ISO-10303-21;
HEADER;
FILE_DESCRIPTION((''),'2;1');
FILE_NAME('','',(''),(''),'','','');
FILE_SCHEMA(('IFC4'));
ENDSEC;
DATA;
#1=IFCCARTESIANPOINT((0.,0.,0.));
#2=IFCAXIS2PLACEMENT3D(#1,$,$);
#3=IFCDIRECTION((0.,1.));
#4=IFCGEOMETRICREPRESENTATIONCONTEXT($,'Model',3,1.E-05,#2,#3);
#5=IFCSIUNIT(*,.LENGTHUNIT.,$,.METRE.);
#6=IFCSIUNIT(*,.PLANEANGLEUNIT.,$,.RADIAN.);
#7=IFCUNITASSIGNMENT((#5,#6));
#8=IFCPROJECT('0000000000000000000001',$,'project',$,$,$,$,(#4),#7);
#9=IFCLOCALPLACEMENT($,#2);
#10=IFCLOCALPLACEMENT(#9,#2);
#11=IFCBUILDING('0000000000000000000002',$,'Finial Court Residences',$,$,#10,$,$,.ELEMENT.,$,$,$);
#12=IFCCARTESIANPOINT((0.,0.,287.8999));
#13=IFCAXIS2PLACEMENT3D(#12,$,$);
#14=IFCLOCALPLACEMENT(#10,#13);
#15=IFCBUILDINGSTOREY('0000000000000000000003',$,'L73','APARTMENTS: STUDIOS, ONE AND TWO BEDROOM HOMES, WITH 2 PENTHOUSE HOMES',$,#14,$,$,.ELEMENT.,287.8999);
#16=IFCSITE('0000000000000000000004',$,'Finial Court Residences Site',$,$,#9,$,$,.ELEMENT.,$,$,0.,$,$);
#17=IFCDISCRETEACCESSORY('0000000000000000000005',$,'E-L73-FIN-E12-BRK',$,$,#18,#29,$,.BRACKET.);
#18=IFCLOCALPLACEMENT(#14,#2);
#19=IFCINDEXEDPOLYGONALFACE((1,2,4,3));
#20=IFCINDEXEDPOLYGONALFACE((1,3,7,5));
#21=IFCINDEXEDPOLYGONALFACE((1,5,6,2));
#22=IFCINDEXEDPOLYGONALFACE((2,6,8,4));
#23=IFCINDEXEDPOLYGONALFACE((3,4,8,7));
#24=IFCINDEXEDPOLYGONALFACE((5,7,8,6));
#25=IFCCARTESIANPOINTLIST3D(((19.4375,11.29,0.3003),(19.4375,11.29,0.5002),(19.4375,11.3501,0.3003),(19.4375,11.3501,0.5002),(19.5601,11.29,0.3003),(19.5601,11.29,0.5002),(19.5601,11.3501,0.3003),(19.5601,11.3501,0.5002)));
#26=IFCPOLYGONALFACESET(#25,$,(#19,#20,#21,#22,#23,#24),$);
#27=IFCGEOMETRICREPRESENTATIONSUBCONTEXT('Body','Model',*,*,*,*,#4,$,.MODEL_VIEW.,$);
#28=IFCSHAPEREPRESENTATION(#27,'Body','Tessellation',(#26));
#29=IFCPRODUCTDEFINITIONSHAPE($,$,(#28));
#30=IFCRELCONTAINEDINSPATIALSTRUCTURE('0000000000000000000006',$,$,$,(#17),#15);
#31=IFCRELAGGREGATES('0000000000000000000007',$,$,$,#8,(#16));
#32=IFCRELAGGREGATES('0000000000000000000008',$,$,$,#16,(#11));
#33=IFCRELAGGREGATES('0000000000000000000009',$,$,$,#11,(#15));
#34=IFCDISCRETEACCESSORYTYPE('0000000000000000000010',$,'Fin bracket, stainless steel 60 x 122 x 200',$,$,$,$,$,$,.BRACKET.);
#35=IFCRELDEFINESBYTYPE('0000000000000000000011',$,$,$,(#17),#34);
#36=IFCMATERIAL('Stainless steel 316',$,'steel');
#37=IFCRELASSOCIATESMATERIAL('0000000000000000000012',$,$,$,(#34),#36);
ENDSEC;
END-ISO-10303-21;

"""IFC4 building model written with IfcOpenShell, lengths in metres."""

from ifc_helpers import new_model, si_unit, direction, frame, origin, origin_2d, place, context, subcontext, project, spatial, rectangle, extrude, material, type_object, element, save


model = new_model("IFC4")

# Units and contexts
model_context = context("Model", 3, precision=1e-05, world=origin(), true_north=direction((0.0, 1.0)))
body_context = subcontext(model_context, "Body", "Model", "MODEL_VIEW")
ifc_project = project(units=[si_unit("LENGTHUNIT", "METRE"), si_unit("PLANEANGLEUNIT", "RADIAN")], contexts=[model_context])

# Site, building, storey
site_placement = place(None, origin())
site = spatial("IfcSite", under=ifc_project, at=site_placement, Name="Finial Court Residences Site", CompositionType="ELEMENT", RefElevation=0.0)
building_placement = place(site_placement, origin())
building = spatial("IfcBuilding", under=site, at=building_placement, Name="Finial Court Residences", CompositionType="ELEMENT")
storey_placement = place(building_placement, frame((0.0, 0.0, 287.8999)))
storey = spatial("IfcBuildingStorey", under=building, at=storey_placement, Name="L73", Description="APARTMENTS: STUDIOS, ONE AND TWO BEDROOM HOMES, WITH 2 PENTHOUSE HOMES", CompositionType="ELEMENT", Elevation=287.8999)

# Discrete accessory
ifc_material_1 = material(Name="Stainless steel 316", Category="steel")
discrete_accessory_type = type_object("IfcDiscreteAccessoryType", Name="Fin bracket, stainless steel 60 x 122 x 200", PredefinedType="BRACKET", material=ifc_material_1)
discrete_accessory_1_placement = place(storey_placement, frame((19.4988, 11.3201, 0.3003), z_axis=(0.0, 0.0, 1.0), x_axis=(1.0, 0.0, 0.0)))
element("IfcDiscreteAccessory", 1, at=discrete_accessory_1_placement, inside=storey, type_object=discrete_accessory_type, Name="E-L73-FIN-E12-BRK", PredefinedType="BRACKET", context=body_context, shape_type="SweptSolid", body=[
    extrude(rectangle(XDim=0.1226, YDim=0.0601, at=origin_2d()), origin(), (0.0, 0.0, 1.0), 0.2),
])

save(model, "model.ifc")
